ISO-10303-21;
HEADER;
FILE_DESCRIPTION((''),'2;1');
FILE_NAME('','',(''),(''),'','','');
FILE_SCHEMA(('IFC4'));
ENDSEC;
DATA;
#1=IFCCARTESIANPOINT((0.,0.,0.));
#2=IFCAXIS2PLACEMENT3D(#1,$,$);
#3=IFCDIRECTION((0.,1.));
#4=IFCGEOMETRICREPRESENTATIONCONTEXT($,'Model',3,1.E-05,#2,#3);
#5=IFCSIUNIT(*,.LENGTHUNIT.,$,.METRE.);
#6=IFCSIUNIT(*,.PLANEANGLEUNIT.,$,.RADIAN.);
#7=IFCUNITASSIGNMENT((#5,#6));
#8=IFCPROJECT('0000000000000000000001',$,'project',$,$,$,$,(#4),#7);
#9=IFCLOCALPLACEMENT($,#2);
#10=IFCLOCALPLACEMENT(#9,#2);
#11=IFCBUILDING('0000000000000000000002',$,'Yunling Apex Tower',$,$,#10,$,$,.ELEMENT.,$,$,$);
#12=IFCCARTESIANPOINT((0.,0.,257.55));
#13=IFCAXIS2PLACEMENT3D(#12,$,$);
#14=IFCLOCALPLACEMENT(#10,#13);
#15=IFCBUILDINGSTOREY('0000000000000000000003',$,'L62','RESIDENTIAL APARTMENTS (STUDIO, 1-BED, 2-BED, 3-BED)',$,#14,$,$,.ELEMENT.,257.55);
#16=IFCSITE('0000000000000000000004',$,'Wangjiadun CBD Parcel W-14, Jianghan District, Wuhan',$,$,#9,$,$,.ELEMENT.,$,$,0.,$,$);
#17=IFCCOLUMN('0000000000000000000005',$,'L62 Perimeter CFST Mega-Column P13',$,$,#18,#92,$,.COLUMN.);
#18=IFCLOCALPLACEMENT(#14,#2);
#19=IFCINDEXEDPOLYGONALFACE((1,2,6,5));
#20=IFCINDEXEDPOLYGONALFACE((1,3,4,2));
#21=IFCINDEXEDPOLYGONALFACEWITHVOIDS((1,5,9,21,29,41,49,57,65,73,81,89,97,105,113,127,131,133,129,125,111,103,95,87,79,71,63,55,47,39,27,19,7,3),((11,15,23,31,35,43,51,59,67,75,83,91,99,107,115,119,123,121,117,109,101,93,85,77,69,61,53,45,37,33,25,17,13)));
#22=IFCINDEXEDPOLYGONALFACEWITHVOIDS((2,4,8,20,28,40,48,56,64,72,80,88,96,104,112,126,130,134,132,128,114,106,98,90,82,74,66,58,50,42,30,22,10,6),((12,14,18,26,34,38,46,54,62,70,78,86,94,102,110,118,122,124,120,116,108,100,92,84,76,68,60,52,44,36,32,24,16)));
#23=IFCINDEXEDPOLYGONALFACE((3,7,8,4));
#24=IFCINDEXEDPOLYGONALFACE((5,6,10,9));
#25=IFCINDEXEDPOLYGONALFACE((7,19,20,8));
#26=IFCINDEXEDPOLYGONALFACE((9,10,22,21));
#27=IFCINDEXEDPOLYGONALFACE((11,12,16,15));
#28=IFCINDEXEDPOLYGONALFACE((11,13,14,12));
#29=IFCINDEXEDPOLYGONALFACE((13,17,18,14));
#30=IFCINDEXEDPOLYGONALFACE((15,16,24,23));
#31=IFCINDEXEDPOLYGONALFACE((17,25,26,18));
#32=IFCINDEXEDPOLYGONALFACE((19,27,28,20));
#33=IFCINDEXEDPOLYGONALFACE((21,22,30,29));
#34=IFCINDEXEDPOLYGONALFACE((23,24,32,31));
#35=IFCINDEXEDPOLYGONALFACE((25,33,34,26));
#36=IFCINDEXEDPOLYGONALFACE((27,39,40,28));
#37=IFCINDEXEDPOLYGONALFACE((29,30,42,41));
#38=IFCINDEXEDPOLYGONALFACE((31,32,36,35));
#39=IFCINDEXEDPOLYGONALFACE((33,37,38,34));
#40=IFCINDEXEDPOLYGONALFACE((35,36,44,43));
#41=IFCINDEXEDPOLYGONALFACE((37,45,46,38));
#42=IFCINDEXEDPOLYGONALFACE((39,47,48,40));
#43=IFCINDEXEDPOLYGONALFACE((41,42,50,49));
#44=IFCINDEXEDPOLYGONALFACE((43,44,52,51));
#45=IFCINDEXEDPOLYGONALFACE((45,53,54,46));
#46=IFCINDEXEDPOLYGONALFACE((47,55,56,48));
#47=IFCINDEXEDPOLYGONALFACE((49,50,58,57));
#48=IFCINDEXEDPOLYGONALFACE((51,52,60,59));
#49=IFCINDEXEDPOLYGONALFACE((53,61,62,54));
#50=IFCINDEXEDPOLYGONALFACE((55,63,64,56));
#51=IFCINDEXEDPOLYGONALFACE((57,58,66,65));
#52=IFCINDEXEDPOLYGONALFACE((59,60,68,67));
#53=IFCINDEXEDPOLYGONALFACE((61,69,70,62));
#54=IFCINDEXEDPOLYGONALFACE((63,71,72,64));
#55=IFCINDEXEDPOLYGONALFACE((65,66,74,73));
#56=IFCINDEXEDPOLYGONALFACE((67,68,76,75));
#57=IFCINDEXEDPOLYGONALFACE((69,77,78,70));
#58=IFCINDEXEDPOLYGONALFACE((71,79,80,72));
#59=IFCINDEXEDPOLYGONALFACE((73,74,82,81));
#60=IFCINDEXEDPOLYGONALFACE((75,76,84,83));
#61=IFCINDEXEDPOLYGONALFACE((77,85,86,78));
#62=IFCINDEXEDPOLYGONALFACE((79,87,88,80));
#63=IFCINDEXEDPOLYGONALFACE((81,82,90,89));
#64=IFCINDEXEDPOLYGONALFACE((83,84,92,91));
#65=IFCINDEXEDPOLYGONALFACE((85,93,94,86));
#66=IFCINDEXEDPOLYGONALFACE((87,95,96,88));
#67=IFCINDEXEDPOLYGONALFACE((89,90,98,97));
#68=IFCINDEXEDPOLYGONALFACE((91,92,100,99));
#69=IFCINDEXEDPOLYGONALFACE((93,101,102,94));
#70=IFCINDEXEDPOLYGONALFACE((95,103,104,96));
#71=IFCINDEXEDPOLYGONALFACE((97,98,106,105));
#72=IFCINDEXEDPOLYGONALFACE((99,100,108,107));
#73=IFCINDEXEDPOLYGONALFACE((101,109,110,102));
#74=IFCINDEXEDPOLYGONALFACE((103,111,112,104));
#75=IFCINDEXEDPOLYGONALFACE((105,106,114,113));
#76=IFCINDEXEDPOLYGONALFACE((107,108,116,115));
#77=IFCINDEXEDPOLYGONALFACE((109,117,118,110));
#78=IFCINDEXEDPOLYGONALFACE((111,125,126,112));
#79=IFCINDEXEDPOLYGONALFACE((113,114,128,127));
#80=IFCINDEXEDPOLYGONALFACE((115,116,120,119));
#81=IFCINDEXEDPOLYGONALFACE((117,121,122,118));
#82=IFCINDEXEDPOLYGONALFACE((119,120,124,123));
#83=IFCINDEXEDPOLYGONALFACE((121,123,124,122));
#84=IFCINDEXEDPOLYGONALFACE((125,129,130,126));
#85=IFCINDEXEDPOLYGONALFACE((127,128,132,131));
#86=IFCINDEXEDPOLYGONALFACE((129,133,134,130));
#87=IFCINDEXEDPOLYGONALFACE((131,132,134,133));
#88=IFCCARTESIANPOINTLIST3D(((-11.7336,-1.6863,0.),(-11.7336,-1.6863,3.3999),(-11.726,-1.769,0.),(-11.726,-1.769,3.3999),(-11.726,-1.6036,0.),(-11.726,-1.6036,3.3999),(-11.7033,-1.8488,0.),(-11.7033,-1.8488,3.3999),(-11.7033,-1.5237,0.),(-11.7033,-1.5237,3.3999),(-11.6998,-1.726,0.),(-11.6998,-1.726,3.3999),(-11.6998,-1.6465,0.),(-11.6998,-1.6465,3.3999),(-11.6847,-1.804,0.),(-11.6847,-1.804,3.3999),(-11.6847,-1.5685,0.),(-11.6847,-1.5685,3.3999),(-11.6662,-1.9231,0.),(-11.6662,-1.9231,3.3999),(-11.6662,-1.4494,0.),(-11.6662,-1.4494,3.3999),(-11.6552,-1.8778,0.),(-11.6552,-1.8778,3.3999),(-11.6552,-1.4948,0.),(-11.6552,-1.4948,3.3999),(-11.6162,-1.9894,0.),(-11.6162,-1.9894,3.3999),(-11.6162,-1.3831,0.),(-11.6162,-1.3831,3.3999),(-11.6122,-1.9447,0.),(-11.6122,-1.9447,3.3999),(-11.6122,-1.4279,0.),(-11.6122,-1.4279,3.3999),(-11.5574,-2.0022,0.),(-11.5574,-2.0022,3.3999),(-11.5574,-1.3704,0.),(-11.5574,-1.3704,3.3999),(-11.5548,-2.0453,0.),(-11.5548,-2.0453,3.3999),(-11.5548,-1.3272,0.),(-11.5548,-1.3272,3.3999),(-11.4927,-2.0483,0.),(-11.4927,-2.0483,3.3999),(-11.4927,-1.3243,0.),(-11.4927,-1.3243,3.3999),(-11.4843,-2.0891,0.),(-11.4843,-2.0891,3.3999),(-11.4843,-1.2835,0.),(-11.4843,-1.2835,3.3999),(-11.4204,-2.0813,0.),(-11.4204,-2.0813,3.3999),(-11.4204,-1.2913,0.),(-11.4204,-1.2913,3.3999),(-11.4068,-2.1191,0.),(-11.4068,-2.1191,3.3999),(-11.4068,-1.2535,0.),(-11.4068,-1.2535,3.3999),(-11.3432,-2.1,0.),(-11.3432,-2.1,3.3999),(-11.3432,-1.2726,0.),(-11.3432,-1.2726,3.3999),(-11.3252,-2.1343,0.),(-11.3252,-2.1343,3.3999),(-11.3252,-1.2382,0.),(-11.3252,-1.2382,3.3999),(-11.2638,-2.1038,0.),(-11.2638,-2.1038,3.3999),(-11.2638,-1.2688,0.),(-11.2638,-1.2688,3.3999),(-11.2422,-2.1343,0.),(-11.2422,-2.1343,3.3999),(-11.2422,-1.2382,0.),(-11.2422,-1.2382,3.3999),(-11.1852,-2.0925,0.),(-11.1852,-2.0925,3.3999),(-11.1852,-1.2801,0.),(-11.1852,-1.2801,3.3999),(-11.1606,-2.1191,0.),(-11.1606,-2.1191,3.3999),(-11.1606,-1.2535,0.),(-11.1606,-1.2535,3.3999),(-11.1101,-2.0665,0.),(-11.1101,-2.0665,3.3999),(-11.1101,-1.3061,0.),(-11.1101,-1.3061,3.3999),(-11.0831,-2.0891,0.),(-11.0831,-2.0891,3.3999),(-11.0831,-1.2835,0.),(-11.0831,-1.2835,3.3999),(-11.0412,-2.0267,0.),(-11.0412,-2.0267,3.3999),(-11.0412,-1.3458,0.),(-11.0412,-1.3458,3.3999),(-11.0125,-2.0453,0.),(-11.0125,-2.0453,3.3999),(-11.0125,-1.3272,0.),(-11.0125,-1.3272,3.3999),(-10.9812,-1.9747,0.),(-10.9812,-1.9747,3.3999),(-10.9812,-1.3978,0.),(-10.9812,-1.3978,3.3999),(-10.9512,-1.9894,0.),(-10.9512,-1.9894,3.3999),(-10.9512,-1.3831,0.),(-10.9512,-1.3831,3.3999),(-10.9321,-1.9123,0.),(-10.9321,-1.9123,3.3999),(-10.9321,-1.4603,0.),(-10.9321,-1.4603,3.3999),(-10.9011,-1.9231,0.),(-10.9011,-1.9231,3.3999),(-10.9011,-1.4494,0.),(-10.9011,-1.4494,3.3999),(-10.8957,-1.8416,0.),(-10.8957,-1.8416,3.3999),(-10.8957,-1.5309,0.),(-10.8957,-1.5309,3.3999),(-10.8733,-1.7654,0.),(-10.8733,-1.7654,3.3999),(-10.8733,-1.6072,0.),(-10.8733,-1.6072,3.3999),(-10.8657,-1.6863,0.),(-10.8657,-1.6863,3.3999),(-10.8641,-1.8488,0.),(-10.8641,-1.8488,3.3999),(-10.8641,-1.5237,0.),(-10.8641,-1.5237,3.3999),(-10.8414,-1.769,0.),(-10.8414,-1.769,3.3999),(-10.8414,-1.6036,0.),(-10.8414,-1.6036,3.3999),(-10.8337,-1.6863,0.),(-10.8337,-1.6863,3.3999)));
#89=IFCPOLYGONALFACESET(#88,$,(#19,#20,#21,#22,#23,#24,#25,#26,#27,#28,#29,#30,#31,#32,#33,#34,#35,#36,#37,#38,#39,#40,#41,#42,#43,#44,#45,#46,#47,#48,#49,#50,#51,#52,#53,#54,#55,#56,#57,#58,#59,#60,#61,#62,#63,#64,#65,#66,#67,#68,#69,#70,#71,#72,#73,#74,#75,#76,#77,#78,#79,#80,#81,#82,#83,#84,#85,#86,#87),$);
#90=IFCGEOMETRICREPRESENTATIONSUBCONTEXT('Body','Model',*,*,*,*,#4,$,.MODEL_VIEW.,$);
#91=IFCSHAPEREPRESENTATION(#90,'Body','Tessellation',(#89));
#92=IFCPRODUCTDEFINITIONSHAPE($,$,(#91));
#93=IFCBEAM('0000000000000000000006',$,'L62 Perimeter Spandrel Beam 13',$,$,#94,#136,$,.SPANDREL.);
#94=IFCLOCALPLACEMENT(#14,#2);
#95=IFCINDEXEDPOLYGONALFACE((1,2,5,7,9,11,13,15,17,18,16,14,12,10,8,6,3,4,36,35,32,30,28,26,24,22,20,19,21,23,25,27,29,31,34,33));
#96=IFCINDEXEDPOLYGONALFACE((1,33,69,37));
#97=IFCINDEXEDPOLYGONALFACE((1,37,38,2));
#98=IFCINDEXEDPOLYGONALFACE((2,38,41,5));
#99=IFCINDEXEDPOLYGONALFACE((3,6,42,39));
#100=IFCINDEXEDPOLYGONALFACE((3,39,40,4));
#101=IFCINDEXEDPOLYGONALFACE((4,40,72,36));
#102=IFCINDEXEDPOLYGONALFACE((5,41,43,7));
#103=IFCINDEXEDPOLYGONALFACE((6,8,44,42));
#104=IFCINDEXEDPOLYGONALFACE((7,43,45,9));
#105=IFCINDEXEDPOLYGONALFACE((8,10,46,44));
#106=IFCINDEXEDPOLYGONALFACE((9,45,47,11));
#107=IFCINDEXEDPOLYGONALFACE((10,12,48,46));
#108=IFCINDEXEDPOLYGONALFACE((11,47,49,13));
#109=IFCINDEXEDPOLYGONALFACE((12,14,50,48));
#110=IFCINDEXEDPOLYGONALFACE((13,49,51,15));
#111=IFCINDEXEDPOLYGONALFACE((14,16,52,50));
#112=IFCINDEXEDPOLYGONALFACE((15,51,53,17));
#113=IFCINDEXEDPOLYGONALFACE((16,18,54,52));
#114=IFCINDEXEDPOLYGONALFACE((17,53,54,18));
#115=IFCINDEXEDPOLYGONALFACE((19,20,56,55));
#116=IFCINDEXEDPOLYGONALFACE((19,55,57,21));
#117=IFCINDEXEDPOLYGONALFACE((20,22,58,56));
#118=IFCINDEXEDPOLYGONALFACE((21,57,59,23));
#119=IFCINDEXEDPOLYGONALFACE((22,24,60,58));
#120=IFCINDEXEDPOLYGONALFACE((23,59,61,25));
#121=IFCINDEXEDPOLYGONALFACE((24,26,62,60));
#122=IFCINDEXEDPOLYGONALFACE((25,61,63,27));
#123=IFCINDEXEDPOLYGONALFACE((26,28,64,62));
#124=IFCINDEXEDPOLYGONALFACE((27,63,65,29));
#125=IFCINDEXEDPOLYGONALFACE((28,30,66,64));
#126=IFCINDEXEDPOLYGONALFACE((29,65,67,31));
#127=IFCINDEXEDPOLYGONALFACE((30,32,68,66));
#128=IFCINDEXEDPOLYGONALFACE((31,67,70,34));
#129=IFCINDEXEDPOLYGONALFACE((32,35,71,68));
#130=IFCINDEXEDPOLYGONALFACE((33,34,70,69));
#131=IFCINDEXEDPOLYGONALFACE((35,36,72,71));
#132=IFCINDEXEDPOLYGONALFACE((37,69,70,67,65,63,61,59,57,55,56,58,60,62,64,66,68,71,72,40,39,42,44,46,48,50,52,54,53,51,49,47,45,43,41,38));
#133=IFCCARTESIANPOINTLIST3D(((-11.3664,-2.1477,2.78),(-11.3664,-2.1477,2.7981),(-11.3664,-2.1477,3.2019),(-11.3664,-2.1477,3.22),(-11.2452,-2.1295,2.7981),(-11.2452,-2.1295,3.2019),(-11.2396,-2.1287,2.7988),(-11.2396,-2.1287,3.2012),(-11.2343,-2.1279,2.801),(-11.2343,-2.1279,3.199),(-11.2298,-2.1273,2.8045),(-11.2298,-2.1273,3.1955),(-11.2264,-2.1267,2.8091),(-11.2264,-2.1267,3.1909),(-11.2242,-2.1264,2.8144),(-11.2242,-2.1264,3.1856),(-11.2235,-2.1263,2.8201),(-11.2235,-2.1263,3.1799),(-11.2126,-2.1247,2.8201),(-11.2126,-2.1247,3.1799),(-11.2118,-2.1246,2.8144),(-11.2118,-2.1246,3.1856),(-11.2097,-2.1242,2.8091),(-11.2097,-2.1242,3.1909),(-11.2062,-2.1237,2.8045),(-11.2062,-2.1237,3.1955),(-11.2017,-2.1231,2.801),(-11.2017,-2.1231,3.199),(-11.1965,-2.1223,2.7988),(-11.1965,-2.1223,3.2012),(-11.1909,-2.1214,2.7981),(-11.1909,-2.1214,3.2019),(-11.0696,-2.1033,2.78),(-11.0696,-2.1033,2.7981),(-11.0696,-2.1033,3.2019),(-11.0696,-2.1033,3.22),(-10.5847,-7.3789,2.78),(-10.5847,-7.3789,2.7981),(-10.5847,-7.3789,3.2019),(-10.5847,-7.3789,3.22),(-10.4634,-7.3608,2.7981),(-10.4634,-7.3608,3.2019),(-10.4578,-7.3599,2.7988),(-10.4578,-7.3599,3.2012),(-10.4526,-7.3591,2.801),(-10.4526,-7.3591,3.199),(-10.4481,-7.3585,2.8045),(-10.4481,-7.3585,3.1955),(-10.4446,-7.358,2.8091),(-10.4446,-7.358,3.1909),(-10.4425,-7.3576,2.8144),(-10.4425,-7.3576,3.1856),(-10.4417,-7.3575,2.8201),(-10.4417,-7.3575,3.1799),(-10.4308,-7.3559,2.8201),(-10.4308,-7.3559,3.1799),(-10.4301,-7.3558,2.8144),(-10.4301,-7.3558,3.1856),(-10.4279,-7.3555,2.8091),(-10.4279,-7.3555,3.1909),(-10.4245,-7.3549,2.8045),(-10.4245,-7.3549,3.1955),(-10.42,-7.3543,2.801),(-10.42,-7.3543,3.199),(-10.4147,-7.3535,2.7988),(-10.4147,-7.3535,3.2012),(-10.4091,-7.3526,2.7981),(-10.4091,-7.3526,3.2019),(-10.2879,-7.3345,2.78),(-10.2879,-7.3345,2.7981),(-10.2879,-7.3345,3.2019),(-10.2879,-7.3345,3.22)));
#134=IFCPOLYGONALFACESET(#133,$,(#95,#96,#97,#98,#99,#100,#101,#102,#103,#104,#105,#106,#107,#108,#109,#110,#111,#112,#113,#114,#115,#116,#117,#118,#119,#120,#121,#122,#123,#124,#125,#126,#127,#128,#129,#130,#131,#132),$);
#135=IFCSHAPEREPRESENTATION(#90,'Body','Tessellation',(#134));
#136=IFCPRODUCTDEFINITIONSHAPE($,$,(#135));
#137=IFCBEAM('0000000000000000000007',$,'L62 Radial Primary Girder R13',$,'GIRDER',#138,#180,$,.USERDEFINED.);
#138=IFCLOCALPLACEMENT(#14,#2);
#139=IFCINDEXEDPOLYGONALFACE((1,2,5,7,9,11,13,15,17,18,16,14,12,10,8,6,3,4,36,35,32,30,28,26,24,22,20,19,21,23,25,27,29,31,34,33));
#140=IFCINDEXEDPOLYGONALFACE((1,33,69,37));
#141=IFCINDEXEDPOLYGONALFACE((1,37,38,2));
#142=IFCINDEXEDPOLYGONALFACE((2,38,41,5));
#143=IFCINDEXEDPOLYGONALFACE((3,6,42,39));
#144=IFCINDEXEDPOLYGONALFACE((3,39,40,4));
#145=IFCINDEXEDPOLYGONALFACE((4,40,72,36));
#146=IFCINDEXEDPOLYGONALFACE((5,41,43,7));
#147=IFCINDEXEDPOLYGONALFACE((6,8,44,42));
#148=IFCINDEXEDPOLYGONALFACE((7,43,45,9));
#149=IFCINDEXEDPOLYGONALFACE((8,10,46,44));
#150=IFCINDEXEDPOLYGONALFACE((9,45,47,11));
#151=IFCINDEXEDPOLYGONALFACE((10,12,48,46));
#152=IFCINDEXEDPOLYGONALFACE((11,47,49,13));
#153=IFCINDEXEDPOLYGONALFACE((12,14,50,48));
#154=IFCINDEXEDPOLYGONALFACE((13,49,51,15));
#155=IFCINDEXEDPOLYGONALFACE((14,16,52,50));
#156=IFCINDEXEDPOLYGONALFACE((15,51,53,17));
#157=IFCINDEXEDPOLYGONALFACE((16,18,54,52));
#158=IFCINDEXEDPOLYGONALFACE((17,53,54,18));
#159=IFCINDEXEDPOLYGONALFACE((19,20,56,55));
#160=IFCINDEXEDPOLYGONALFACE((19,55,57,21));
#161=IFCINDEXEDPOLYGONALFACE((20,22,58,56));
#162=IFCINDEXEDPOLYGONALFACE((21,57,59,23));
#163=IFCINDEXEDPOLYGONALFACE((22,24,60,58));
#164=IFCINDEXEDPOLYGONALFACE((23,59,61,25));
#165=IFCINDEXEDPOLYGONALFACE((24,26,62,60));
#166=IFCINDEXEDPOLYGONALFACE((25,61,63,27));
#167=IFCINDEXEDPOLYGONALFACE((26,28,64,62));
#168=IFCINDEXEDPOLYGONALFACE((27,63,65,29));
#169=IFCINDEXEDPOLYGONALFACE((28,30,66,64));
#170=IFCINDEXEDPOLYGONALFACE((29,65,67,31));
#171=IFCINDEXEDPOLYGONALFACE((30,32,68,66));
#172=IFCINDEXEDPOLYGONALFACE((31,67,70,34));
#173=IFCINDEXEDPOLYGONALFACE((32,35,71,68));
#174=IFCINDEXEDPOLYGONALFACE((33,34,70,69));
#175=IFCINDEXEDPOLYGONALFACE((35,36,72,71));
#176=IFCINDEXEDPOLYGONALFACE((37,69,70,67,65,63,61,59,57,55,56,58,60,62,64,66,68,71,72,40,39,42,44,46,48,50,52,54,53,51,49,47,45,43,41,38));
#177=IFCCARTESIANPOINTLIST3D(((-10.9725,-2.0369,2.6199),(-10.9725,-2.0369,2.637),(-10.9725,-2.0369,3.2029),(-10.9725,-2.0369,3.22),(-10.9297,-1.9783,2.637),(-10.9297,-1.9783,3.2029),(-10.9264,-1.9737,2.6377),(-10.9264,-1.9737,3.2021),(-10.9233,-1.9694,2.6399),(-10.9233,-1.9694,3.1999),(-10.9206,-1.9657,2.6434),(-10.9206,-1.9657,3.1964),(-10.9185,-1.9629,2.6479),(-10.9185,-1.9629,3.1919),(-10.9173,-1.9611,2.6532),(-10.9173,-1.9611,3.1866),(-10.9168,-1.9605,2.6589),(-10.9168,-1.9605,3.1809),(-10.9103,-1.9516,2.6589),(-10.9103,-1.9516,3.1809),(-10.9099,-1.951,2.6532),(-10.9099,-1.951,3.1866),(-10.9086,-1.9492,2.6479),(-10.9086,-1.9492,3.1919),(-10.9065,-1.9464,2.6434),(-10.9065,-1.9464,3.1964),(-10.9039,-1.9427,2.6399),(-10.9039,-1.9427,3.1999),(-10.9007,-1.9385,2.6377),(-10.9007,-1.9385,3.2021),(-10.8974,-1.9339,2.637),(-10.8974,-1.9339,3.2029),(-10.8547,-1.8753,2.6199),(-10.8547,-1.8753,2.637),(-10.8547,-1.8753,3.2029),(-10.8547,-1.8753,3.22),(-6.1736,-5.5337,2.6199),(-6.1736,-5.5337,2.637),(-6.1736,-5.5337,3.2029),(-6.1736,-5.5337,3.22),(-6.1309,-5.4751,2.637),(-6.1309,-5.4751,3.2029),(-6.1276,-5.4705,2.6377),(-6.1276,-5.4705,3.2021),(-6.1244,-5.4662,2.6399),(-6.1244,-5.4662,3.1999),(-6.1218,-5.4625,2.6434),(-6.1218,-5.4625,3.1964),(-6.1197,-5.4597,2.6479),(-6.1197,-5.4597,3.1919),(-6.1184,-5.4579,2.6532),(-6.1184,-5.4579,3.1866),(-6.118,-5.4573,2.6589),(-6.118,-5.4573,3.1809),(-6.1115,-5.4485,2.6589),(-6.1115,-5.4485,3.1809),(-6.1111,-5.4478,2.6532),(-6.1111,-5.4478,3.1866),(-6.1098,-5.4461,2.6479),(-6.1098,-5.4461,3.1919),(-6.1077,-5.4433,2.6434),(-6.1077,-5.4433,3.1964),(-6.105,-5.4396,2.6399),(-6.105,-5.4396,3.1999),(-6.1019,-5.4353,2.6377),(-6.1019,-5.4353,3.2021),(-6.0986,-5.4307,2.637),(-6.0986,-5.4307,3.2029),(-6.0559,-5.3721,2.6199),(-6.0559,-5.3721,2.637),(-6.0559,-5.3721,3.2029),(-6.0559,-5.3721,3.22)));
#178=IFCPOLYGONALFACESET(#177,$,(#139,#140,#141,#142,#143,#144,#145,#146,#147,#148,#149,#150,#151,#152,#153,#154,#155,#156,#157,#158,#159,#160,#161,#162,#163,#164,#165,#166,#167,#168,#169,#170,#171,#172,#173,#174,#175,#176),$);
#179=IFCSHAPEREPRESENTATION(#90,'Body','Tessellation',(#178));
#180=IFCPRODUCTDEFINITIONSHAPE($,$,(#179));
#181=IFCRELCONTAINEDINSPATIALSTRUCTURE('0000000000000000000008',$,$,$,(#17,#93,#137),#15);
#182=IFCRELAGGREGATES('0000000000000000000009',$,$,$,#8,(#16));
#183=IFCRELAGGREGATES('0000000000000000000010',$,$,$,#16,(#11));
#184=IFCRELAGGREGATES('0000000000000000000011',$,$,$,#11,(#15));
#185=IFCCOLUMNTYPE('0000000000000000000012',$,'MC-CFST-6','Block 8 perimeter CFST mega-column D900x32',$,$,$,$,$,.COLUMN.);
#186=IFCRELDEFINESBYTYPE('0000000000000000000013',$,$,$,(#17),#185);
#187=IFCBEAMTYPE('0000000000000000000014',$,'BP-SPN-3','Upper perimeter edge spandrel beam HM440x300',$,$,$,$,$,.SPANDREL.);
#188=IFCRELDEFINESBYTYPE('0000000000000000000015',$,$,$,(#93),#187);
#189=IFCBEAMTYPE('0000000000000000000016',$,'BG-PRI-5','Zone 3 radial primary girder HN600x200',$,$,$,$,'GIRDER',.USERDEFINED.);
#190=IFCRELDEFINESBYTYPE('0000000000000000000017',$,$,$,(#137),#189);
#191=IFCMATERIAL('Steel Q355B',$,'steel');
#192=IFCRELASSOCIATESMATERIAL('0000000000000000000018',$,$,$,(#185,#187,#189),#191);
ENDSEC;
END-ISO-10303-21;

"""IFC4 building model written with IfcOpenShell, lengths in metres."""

from ifc_helpers import new_model, si_unit, direction, frame, origin, origin_2d, place, context, subcontext, project, spatial, hollow_circle, i_section, extrude, source, transform, mapped, material, material_profile, profile_set, type_object, element, save


model = new_model("IFC4")

# Units and contexts
model_context = context("Model", 3, precision=1e-05, world=origin(), true_north=direction((0.0, 1.0)))
body_context = subcontext(model_context, "Body", "Model", "MODEL_VIEW")
ifc_project = project(units=[si_unit("LENGTHUNIT", "METRE"), si_unit("PLANEANGLEUNIT", "RADIAN")], contexts=[model_context])

# Site, building, storey
site_placement = place(None, origin())
site = spatial("IfcSite", under=ifc_project, at=site_placement, Name="Wangjiadun CBD Parcel W-14, Jianghan District, Wuhan", CompositionType="ELEMENT", RefElevation=0.0)
building_placement = place(site_placement, origin())
building = spatial("IfcBuilding", under=site, at=building_placement, Name="Yunling Apex Tower", CompositionType="ELEMENT")
storey_placement = place(building_placement, frame((0.0, 0.0, 257.55)))
storey = spatial("IfcBuildingStorey", under=building, at=storey_placement, Name="L62", Description="RESIDENTIAL APARTMENTS (STUDIO, 1-BED, 2-BED, 3-BED)", CompositionType="ELEMENT", Elevation=257.55)

# Column
ifc_material_1 = material(Name="Steel Q355B", Category="steel")
ifc_material_profile_1 = material_profile(ifc_material_1, hollow_circle(Radius=0.45, WallThickness=0.032, at=origin_2d()))
ifc_profile_set_1 = profile_set([ifc_material_profile_1], Name="Steel Q355B")
column_type = type_object("IfcColumnType", Name="MC-CFST-6", Description="Block 8 perimeter CFST mega-column D900x32", PredefinedType="COLUMN", material=ifc_profile_set_1)
shared_shape_1 = source(origin(), body_context, "Body", "SweptSolid", [
    extrude(hollow_circle(Radius=0.45, WallThickness=0.032, at=origin_2d()), origin(), (0.0, 0.0, 1.0), 3.3999),
])
column_placement = place(storey_placement, frame((-11.2837, -1.6863, 0.0), z_axis=(0.0, 0.0, 1.0), x_axis=(1.0, 0.0, 0.0)))
element("IfcColumn", 1, at=column_placement, inside=storey, type_object=column_type, Name="L62 Perimeter CFST Mega-Column P13", PredefinedType="COLUMN", context=body_context, shape_type="MappedRepresentation", body=[
    mapped(shared_shape_1, transform((0.0, 0.0, 0.0), scale=1.0)),
])

# Beams
ifc_material_profile_2 = material_profile(ifc_material_1, i_section(OverallWidth=0.3, OverallDepth=0.4399, WebThickness=0.011, FlangeThickness=0.0181, FilletRadius=0.022, at=origin_2d()))
ifc_profile_set_2 = profile_set([ifc_material_profile_2], Name="Steel Q355B")
beam_type_1 = type_object("IfcBeamType", Name="BP-SPN-3", Description="Upper perimeter edge spandrel beam HM440x300", PredefinedType="SPANDREL", material=ifc_profile_set_2)
shared_shape_2 = source(origin(), body_context, "Body", "SweptSolid", [
    extrude(i_section(OverallWidth=0.3, OverallDepth=0.4399, WebThickness=0.011, FlangeThickness=0.0181, FilletRadius=0.022, at=origin_2d()), origin(), (0.0, 0.0, 1.0), 5.2893),
])
beam_1_placement = place(storey_placement, frame((-11.218, -2.1255, 3.0), z_axis=(0.147796, -0.989018, 0.0), x_axis=(0.989018, 0.147796, 0.0)))
element("IfcBeam", 2, at=beam_1_placement, inside=storey, type_object=beam_type_1, Name="L62 Perimeter Spandrel Beam 13", PredefinedType="SPANDREL", context=body_context, shape_type="MappedRepresentation", body=[
    mapped(shared_shape_2, transform((0.0, 0.0, 0.0), scale=1.0)),
])
ifc_material_profile_3 = material_profile(ifc_material_1, i_section(OverallWidth=0.2, OverallDepth=0.6001, WebThickness=0.011, FlangeThickness=0.0171, FilletRadius=0.022, at=origin_2d()))
ifc_profile_set_3 = profile_set([ifc_material_profile_3], Name="Steel Q355B")
beam_type_2 = type_object("IfcBeamType", Name="BG-PRI-5", Description="Zone 3 radial primary girder HN600x200", ElementType="GIRDER", PredefinedType="USERDEFINED", material=ifc_profile_set_3)
shared_shape_3 = source(origin(), body_context, "Body", "SweptSolid", [
    extrude(i_section(OverallWidth=0.2, OverallDepth=0.6001, WebThickness=0.011, FlangeThickness=0.0171, FilletRadius=0.022, at=origin_2d()), origin(), (0.0, 0.0, 1.0), 5.9377),
])
beam_2_placement = place(storey_placement, frame((-10.9136, -1.9561, 2.9199), z_axis=(0.808193, -0.588917, 0.0), x_axis=(0.588917, 0.808193, 0.0)))
element("IfcBeam", 3, at=beam_2_placement, inside=storey, type_object=beam_type_2, Name="L62 Radial Primary Girder R13", ObjectType="GIRDER", PredefinedType="USERDEFINED", context=body_context, shape_type="MappedRepresentation", body=[
    mapped(shared_shape_3, transform((0.0, 0.0, 0.0), scale=1.0)),
])

save(model, "model.ifc")
